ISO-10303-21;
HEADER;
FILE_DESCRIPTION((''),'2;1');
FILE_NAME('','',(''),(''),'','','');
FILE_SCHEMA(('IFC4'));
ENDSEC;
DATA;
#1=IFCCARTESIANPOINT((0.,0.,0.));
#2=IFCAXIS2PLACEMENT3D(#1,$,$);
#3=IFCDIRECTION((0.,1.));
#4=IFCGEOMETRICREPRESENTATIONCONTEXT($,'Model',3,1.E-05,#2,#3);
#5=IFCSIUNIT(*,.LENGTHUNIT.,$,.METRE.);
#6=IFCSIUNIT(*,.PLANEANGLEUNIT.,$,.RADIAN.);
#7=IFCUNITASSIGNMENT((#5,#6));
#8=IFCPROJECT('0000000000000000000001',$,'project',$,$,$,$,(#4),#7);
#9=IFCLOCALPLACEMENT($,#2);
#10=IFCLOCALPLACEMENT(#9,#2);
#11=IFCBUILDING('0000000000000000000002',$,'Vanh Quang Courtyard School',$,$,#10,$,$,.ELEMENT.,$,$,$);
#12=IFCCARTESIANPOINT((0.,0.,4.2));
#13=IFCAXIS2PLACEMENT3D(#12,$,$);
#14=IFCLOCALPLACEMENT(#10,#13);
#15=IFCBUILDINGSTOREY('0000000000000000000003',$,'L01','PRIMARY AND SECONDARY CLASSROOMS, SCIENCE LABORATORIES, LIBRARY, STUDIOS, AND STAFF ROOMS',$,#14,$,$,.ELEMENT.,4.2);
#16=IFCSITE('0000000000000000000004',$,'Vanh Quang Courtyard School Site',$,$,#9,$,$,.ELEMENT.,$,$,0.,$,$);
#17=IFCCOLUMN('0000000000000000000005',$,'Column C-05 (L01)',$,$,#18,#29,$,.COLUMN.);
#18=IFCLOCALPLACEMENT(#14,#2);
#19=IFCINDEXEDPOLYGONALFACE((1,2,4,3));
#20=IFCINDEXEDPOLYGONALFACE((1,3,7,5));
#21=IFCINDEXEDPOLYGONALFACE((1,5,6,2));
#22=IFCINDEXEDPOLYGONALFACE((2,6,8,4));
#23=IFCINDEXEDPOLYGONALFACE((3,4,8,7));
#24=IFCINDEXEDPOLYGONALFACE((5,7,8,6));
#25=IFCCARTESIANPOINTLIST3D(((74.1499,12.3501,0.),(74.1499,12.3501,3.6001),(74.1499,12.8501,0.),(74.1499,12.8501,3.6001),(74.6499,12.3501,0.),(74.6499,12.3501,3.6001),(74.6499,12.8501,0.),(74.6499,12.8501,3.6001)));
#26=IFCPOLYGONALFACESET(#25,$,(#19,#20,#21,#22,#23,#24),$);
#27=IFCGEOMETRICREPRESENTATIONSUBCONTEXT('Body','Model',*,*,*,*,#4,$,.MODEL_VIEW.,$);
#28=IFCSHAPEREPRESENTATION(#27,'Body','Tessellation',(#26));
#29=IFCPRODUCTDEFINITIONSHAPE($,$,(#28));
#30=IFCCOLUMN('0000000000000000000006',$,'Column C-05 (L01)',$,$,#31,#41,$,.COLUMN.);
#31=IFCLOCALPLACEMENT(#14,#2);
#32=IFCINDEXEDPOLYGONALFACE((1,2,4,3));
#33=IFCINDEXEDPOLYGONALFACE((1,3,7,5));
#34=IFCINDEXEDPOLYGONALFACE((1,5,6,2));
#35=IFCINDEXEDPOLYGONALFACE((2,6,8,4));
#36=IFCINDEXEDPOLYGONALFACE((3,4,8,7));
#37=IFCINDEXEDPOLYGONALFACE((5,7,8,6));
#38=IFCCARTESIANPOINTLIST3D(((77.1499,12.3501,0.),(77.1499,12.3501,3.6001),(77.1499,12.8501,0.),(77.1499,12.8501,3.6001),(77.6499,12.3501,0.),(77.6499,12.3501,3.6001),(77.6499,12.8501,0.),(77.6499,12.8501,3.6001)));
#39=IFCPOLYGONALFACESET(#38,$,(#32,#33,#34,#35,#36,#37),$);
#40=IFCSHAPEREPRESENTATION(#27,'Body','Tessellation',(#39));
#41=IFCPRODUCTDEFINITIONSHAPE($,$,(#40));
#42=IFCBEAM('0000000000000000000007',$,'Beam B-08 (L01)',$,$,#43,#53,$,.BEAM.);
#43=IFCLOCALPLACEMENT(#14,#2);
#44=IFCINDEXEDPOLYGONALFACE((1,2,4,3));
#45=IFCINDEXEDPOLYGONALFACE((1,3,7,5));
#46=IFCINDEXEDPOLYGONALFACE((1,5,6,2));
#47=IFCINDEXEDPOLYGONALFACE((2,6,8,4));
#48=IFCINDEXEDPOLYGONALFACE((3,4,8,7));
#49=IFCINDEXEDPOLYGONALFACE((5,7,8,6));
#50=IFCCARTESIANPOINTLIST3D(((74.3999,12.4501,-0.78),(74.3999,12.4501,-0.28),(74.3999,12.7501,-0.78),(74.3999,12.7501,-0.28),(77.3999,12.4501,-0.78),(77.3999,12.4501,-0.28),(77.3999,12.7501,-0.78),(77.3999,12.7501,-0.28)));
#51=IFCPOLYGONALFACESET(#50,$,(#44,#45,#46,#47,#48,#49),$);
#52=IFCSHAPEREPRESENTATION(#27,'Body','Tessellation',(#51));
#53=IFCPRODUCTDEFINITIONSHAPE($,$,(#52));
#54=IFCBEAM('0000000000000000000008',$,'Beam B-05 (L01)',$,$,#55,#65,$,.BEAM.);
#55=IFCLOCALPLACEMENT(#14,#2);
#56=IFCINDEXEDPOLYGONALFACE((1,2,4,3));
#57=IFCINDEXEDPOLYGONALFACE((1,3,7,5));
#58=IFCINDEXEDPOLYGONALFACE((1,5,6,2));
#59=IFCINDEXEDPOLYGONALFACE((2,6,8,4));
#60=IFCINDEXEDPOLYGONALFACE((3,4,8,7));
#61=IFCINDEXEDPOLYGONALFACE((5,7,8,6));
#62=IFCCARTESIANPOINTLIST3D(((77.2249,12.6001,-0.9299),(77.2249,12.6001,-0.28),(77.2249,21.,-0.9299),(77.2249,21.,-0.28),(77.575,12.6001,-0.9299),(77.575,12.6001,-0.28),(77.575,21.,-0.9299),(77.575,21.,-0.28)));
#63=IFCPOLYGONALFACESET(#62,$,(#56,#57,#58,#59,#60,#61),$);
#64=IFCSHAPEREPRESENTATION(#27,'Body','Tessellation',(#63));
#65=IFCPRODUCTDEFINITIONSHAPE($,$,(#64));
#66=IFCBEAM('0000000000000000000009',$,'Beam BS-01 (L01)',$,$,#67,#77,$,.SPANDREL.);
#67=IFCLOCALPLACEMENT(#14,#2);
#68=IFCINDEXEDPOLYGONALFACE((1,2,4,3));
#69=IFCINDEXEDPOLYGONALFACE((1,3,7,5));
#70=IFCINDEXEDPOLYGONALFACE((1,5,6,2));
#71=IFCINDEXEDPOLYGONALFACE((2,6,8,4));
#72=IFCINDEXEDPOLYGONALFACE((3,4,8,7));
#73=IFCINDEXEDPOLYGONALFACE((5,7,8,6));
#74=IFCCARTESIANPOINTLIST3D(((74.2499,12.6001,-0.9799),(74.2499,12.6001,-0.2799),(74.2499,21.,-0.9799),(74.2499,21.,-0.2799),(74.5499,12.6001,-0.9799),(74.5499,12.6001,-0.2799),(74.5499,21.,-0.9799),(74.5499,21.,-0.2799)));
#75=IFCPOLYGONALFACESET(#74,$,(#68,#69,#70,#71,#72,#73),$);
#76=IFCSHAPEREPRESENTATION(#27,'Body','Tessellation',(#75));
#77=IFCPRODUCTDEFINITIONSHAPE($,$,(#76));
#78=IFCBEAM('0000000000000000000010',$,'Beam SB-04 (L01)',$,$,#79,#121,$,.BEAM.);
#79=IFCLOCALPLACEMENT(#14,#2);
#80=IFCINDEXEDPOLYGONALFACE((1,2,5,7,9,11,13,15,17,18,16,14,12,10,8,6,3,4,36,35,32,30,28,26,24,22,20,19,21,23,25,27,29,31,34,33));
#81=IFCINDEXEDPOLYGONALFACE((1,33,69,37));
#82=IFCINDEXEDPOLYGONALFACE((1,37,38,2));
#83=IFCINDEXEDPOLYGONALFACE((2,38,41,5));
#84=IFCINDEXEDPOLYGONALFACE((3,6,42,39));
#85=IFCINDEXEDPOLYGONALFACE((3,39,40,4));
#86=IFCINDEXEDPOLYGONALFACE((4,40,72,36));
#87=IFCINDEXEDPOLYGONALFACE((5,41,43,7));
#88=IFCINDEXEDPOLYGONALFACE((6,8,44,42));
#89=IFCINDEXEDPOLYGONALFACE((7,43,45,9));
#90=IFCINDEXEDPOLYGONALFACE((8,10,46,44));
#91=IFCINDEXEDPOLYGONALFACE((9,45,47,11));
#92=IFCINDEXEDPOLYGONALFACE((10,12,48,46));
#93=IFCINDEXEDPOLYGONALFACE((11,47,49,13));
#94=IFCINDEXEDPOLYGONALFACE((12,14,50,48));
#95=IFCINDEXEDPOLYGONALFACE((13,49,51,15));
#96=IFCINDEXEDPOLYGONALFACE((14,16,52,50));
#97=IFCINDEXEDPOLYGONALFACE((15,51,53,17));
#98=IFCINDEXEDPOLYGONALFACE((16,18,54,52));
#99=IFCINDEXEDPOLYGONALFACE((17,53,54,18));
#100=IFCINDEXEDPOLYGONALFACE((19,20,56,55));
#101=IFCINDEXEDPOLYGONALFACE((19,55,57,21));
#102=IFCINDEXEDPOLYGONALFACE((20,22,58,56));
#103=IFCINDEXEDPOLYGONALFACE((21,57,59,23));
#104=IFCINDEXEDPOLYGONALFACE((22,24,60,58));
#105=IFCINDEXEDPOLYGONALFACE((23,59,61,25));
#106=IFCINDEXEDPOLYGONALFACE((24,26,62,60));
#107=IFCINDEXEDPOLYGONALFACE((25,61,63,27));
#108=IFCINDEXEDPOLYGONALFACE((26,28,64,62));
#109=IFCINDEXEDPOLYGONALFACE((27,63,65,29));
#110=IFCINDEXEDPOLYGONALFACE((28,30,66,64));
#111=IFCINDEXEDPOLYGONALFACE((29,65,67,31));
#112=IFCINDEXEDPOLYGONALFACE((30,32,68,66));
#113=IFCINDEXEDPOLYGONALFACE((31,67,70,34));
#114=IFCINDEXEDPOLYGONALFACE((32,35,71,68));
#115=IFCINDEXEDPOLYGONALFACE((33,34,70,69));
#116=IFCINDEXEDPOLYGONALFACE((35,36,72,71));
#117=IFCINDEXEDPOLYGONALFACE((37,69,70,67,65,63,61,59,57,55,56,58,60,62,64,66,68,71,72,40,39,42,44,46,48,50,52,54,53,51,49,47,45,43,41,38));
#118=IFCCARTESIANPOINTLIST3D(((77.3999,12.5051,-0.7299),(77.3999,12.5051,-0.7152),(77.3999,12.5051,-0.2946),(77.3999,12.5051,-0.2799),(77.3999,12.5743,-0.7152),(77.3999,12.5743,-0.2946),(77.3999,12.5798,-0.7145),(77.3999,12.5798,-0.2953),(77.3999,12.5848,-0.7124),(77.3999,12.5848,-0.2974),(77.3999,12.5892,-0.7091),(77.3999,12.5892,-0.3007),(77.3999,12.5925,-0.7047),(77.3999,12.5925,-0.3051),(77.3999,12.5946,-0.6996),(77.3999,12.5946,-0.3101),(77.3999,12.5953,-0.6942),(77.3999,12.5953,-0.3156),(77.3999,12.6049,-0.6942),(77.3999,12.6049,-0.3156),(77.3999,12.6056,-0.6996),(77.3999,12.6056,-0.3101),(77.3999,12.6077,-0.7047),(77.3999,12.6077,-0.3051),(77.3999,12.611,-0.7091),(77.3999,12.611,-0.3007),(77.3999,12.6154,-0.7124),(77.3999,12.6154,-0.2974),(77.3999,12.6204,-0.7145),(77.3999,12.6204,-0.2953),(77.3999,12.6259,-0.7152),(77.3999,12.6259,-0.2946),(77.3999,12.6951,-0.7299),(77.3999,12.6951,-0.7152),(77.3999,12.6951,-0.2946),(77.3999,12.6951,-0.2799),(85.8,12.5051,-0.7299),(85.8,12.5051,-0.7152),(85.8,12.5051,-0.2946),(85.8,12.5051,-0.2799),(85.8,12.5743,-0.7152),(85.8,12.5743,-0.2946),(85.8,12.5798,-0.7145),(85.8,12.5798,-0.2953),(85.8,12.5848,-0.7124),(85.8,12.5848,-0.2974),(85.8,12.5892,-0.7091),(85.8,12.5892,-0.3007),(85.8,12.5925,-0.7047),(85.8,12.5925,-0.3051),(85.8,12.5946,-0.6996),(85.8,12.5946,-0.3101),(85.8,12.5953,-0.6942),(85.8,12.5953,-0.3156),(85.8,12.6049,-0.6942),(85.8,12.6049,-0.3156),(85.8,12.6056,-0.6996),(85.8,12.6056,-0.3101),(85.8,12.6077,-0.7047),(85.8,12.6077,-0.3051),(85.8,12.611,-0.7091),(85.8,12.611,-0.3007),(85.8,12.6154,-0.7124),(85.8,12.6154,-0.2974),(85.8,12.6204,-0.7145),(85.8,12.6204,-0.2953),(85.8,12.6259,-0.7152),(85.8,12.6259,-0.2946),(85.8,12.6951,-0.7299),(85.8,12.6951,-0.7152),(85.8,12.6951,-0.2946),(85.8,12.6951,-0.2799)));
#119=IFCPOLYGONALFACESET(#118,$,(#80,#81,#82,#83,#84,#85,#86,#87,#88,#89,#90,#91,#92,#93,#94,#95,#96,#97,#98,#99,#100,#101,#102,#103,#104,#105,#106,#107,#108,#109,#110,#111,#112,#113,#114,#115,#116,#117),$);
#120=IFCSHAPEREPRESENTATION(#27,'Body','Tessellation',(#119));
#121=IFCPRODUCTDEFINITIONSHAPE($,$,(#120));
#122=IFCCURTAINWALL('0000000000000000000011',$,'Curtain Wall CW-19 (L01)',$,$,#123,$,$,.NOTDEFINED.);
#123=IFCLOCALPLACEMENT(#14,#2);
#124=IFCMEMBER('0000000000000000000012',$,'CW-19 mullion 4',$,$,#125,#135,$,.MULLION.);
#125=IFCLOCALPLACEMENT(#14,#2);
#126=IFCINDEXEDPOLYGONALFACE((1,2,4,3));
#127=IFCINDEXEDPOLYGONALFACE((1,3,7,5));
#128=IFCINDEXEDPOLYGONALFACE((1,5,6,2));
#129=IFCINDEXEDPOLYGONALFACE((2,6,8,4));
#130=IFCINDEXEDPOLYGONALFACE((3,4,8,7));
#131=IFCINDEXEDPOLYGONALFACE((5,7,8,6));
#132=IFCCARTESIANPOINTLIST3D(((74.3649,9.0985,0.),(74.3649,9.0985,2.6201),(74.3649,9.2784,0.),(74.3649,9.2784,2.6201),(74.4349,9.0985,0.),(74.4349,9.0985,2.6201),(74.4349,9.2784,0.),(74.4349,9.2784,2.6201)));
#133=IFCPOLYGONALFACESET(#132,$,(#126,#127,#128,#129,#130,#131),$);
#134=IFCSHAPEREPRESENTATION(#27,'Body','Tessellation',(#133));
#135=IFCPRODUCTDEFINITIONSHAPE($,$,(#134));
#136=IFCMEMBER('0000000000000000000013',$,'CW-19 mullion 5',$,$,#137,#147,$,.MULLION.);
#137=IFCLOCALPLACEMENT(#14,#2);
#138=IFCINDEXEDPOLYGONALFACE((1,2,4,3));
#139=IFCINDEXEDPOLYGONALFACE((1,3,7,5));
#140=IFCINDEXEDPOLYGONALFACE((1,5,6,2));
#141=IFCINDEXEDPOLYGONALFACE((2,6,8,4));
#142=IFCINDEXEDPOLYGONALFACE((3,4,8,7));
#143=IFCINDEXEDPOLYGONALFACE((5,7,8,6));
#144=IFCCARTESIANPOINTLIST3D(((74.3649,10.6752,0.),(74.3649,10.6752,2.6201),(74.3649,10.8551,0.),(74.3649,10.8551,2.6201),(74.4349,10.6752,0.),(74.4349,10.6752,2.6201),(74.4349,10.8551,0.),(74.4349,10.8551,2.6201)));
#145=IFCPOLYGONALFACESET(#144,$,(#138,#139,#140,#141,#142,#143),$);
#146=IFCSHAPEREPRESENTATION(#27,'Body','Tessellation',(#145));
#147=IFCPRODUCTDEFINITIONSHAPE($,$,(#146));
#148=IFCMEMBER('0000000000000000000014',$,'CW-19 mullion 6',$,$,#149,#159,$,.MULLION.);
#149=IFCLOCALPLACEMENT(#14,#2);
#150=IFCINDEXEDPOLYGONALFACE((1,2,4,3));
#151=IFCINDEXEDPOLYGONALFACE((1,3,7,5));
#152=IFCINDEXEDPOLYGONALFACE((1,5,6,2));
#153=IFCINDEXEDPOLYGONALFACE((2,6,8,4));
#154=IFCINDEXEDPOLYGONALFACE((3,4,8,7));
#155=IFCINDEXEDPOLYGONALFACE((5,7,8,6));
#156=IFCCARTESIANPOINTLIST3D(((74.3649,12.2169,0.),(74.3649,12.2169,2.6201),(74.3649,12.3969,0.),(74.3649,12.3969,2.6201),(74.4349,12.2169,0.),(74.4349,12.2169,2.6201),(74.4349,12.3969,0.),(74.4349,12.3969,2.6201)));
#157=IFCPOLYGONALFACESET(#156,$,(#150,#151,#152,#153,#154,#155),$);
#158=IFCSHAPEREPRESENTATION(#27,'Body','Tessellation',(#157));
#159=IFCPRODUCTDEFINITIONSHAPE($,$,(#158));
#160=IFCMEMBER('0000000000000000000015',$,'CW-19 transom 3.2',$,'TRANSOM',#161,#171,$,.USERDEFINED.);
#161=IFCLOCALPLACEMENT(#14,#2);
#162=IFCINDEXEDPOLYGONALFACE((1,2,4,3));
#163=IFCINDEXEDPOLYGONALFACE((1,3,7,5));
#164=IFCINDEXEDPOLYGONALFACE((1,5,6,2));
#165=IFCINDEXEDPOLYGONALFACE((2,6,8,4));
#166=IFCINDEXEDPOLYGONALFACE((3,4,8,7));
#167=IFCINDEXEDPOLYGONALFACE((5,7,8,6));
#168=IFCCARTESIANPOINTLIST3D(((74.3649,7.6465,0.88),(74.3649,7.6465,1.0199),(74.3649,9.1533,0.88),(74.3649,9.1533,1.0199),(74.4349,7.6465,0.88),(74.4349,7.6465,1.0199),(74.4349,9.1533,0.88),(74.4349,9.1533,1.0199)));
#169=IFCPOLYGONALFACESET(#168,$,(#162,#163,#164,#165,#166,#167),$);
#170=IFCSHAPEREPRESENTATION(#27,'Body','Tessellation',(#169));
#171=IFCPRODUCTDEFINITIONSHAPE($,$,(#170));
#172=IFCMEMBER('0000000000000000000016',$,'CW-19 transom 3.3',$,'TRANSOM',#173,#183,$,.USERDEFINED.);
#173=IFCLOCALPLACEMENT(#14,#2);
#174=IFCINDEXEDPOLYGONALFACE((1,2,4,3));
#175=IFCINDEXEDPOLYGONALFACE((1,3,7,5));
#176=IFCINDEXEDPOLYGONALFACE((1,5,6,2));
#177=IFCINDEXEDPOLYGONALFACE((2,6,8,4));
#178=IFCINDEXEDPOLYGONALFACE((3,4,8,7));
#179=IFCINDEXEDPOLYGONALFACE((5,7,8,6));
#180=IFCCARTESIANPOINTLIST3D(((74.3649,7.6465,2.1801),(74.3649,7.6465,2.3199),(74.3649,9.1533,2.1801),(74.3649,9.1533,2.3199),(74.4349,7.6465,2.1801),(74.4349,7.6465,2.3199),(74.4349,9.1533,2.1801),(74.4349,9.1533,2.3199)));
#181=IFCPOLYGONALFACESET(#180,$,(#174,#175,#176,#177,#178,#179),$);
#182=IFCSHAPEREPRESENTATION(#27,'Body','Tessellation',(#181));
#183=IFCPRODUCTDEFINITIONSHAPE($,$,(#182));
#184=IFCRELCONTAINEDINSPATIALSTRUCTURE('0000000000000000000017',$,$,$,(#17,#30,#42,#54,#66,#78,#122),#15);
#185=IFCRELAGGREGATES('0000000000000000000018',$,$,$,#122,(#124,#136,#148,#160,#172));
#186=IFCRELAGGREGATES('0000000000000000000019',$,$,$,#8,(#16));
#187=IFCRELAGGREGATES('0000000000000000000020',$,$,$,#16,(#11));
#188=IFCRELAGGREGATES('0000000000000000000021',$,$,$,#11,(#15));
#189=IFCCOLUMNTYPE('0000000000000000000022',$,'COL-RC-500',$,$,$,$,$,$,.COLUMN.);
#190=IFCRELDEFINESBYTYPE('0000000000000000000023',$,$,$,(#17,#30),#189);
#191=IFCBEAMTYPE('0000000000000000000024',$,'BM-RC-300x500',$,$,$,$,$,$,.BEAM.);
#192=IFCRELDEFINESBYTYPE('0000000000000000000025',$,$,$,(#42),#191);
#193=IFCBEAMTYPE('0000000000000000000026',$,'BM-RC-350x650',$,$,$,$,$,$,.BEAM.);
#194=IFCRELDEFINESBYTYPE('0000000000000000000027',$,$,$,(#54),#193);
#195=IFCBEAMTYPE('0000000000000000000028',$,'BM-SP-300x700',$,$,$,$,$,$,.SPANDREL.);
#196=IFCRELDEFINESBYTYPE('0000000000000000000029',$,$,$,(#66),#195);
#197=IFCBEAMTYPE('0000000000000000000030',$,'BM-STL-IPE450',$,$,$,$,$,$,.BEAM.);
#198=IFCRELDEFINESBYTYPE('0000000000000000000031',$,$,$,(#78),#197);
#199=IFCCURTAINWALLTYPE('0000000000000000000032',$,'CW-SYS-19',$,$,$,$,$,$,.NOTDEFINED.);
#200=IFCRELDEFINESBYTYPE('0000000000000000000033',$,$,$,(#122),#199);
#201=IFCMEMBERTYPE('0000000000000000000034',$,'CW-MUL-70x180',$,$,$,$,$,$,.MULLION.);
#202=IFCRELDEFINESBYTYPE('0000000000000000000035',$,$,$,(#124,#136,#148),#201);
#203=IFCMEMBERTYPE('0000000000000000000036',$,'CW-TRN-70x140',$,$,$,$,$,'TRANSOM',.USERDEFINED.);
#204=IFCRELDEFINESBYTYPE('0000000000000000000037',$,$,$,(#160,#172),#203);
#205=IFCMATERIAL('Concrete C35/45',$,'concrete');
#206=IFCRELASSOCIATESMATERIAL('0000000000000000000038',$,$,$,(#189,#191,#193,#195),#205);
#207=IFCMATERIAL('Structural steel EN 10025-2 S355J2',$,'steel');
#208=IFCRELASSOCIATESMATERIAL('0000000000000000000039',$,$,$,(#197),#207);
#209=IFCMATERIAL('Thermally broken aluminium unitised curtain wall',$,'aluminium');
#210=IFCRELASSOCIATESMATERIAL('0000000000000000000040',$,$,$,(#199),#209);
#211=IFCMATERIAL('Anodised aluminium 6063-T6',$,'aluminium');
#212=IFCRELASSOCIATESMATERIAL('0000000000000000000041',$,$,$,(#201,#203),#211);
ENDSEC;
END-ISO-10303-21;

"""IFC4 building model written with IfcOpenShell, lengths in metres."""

from ifc_helpers import new_model, si_unit, direction, frame, origin, origin_2d, place, context, subcontext, project, spatial, rectangle, i_section, extrude, material, material_profile, profile_set, type_object, element, aggregate, save


model = new_model("IFC4")

# Units and contexts
model_context = context("Model", 3, precision=1e-05, world=origin(), true_north=direction((0.0, 1.0)))
body_context = subcontext(model_context, "Body", "Model", "MODEL_VIEW")
ifc_project = project(units=[si_unit("LENGTHUNIT", "METRE"), si_unit("PLANEANGLEUNIT", "RADIAN")], contexts=[model_context])

# Site, building, storey
site_placement = place(None, origin())
site = spatial("IfcSite", under=ifc_project, at=site_placement, Name="Vanh Quang Courtyard School Site", CompositionType="ELEMENT", RefElevation=0.0)
building_placement = place(site_placement, origin())
building = spatial("IfcBuilding", under=site, at=building_placement, Name="Vanh Quang Courtyard School", CompositionType="ELEMENT")
storey_placement = place(building_placement, frame((0.0, 0.0, 4.2)))
storey = spatial("IfcBuildingStorey", under=building, at=storey_placement, Name="L01", Description="PRIMARY AND SECONDARY CLASSROOMS, SCIENCE LABORATORIES, LIBRARY, STUDIOS, AND STAFF ROOMS", CompositionType="ELEMENT", Elevation=4.2)

# Columns
ifc_material_1 = material(Name="Concrete C35/45", Category="concrete")
ifc_material_profile_1 = material_profile(ifc_material_1, rectangle(XDim=0.5, YDim=0.5, at=origin_2d()), Name="RC-COL 500x500")
ifc_profile_set_1 = profile_set([ifc_material_profile_1], Name="Concrete C35/45")
column_type = type_object("IfcColumnType", Name="COL-RC-500", PredefinedType="COLUMN", material=ifc_profile_set_1)
for number, where, z_axis, x_axis, name in (
    (1, (74.3999, 12.6001, 0.0), (0.0, 0.0, 1.0), (1.0, 0.0, 0.0), "Column C-05 (L01)"),
    (2, (77.3999, 12.6001, 0.0), (0.0, 0.0, 1.0), (1.0, 0.0, 0.0), "Column C-05 (L01)"),
):
    element("IfcColumn", number, at=place(storey_placement, frame(where, z_axis=z_axis, x_axis=x_axis)), inside=storey, type_object=column_type, Name=name, PredefinedType="COLUMN", context=body_context, shape_type="SweptSolid", body=[
        extrude(rectangle(XDim=0.5, YDim=0.5, at=origin_2d()), origin(), (0.0, 0.0, 1.0), 3.6001),
    ])

# Beams
ifc_material_profile_2 = material_profile(ifc_material_1, rectangle(XDim=0.3, YDim=0.5, at=origin_2d()), Name="RC-BM 300x500")
ifc_profile_set_2 = profile_set([ifc_material_profile_2], Name="Concrete C35/45")
beam_type_1 = type_object("IfcBeamType", Name="BM-RC-300x500", PredefinedType="BEAM", material=ifc_profile_set_2)
beam_1_placement = place(storey_placement, frame((74.3999, 12.6001, -0.53), z_axis=(1.0, 0.0, 0.0), x_axis=(0.0, 1.0, 0.0)))
element("IfcBeam", 3, at=beam_1_placement, inside=storey, type_object=beam_type_1, Name="Beam B-08 (L01)", PredefinedType="BEAM", context=body_context, shape_type="SweptSolid", body=[
    extrude(rectangle(XDim=0.3, YDim=0.5, at=origin_2d()), origin(), (0.0, 0.0, 1.0), 3.0),
])
ifc_material_profile_3 = material_profile(ifc_material_1, rectangle(XDim=0.3501, YDim=0.6499, at=origin_2d()), Name="RC-BM 350x650")
ifc_profile_set_3 = profile_set([ifc_material_profile_3], Name="Concrete C35/45")
beam_type_2 = type_object("IfcBeamType", Name="BM-RC-350x650", PredefinedType="BEAM", material=ifc_profile_set_3)
beam_2_placement = place(storey_placement, frame((77.3999, 12.6001, -0.605), z_axis=(0.0, 1.0, 0.0), x_axis=(-1.0, 0.0, 0.0)))
element("IfcBeam", 4, at=beam_2_placement, inside=storey, type_object=beam_type_2, Name="Beam B-05 (L01)", PredefinedType="BEAM", context=body_context, shape_type="SweptSolid", body=[
    extrude(rectangle(XDim=0.3501, YDim=0.6499, at=origin_2d()), origin(), (0.0, 0.0, 1.0), 8.3999),
])
ifc_material_profile_4 = material_profile(ifc_material_1, rectangle(XDim=0.3, YDim=0.7, at=origin_2d()), Name="RC-SP 300x700")
ifc_profile_set_4 = profile_set([ifc_material_profile_4], Name="Concrete C35/45")
beam_type_3 = type_object("IfcBeamType", Name="BM-SP-300x700", PredefinedType="SPANDREL", material=ifc_profile_set_4)
beam_3_placement = place(storey_placement, frame((74.3999, 12.6001, -0.6299), z_axis=(0.0, 1.0, 0.0), x_axis=(-1.0, 0.0, 0.0)))
element("IfcBeam", 5, at=beam_3_placement, inside=storey, type_object=beam_type_3, Name="Beam BS-01 (L01)", PredefinedType="SPANDREL", context=body_context, shape_type="SweptSolid", body=[
    extrude(rectangle(XDim=0.3, YDim=0.7, at=origin_2d()), origin(), (0.0, 0.0, 1.0), 8.3999),
])
ifc_material_2 = material(Name="Structural steel EN 10025-2 S355J2", Category="steel")
ifc_material_profile_5 = material_profile(ifc_material_2, i_section(OverallWidth=0.1899, OverallDepth=0.45, WebThickness=0.0095, FlangeThickness=0.0146, FilletRadius=0.021, at=origin_2d()), Name="IPE 450")
ifc_profile_set_5 = profile_set([ifc_material_profile_5], Name="Structural steel EN 10025-2 S355J2")
beam_type_4 = type_object("IfcBeamType", Name="BM-STL-IPE450", PredefinedType="BEAM", material=ifc_profile_set_5)
beam_4_placement = place(storey_placement, frame((77.3999, 12.6001, -0.5049), z_axis=(1.0, 0.0, 0.0), x_axis=(0.0, 1.0, 0.0)))
element("IfcBeam", 6, at=beam_4_placement, inside=storey, type_object=beam_type_4, Name="Beam SB-04 (L01)", PredefinedType="BEAM", context=body_context, shape_type="SweptSolid", body=[
    extrude(i_section(OverallWidth=0.1899, OverallDepth=0.45, WebThickness=0.0095, FlangeThickness=0.0146, FilletRadius=0.021, at=origin_2d()), origin(), (0.0, 0.0, 1.0), 8.4001),
])

# Curtain wall, members
ifc_material_3 = material(Name="Thermally broken aluminium unitised curtain wall", Category="aluminium")
curtain_wall_type = type_object("IfcCurtainWallType", Name="CW-SYS-19", PredefinedType="NOTDEFINED", material=ifc_material_3)
curtain_wall_placement = place(storey_placement, origin())
curtain_wall = element("IfcCurtainWall", 7, at=curtain_wall_placement, inside=storey, type_object=curtain_wall_type, Name="Curtain Wall CW-19 (L01)", PredefinedType="NOTDEFINED")
ifc_material_4 = material(Name="Anodised aluminium 6063-T6", Category="aluminium")
ifc_material_profile_6 = material_profile(ifc_material_4, rectangle(XDim=0.0701, YDim=0.1799, at=origin_2d()), Name="ALU-MUL 70x180")
ifc_profile_set_6 = profile_set([ifc_material_profile_6], Name="Anodised aluminium 6063-T6")
member_type_1 = type_object("IfcMemberType", Name="CW-MUL-70x180", PredefinedType="MULLION", material=ifc_profile_set_6)
member_1_placement = place(storey_placement, frame((74.3999, 9.1885, 0.0), z_axis=(0.0, 0.0, 1.0), x_axis=(-1.0, 0.0, 0.0)))
member_1 = element("IfcMember", 8, at=member_1_placement, type_object=member_type_1, Name="CW-19 mullion 4", PredefinedType="MULLION", context=body_context, shape_type="SweptSolid", body=[
    extrude(rectangle(XDim=0.0701, YDim=0.1799, at=origin_2d()), origin(), (0.0, 0.0, 1.0), 2.6201),
])
member_2_placement = place(storey_placement, frame((74.3999, 10.7651, 0.0), z_axis=(0.0, 0.0, 1.0), x_axis=(-1.0, 0.0, 0.0)))
member_2 = element("IfcMember", 9, at=member_2_placement, type_object=member_type_1, Name="CW-19 mullion 5", PredefinedType="MULLION", context=body_context, shape_type="SweptSolid", body=[
    extrude(rectangle(XDim=0.0701, YDim=0.1799, at=origin_2d()), origin(), (0.0, 0.0, 1.0), 2.6201),
])
member_3_placement = place(storey_placement, frame((74.3999, 12.3069, 0.0), z_axis=(0.0, 0.0, 1.0), x_axis=(-1.0, 0.0, 0.0)))
member_3 = element("IfcMember", 10, at=member_3_placement, type_object=member_type_1, Name="CW-19 mullion 6", PredefinedType="MULLION", context=body_context, shape_type="SweptSolid", body=[
    extrude(rectangle(XDim=0.0701, YDim=0.1799, at=origin_2d()), origin(), (0.0, 0.0, 1.0), 2.6201),
])
ifc_material_profile_7 = material_profile(ifc_material_4, rectangle(XDim=0.0701, YDim=0.1399, at=origin_2d()), Name="ALU-TRN 70x140")
ifc_profile_set_7 = profile_set([ifc_material_profile_7], Name="Anodised aluminium 6063-T6")
member_type_2 = type_object("IfcMemberType", Name="CW-TRN-70x140", ElementType="TRANSOM", PredefinedType="USERDEFINED", material=ifc_profile_set_7)
member_4_placement = place(storey_placement, frame((74.3999, 7.6465, 0.95), z_axis=(0.0, 1.0, 0.0), x_axis=(-1.0, 0.0, 0.0)))
member_4 = element("IfcMember", 11, at=member_4_placement, type_object=member_type_2, Name="CW-19 transom 3.2", ObjectType="TRANSOM", PredefinedType="USERDEFINED", context=body_context, shape_type="SweptSolid", body=[
    extrude(rectangle(XDim=0.0701, YDim=0.1399, at=origin_2d()), origin(), (0.0, 0.0, 1.0), 1.5068),
])
member_5_placement = place(storey_placement, frame((74.3999, 7.6465, 2.25), z_axis=(0.0, 1.0, 0.0), x_axis=(-1.0, 0.0, 0.0)))
member_5 = element("IfcMember", 12, at=member_5_placement, type_object=member_type_2, Name="CW-19 transom 3.3", ObjectType="TRANSOM", PredefinedType="USERDEFINED", context=body_context, shape_type="SweptSolid", body=[
    extrude(rectangle(XDim=0.0701, YDim=0.1399, at=origin_2d()), origin(), (0.0, 0.0, 1.0), 1.5068),
])
aggregate(curtain_wall, [member_1, member_2, member_3, member_4, member_5])

save(model, "model.ifc")
